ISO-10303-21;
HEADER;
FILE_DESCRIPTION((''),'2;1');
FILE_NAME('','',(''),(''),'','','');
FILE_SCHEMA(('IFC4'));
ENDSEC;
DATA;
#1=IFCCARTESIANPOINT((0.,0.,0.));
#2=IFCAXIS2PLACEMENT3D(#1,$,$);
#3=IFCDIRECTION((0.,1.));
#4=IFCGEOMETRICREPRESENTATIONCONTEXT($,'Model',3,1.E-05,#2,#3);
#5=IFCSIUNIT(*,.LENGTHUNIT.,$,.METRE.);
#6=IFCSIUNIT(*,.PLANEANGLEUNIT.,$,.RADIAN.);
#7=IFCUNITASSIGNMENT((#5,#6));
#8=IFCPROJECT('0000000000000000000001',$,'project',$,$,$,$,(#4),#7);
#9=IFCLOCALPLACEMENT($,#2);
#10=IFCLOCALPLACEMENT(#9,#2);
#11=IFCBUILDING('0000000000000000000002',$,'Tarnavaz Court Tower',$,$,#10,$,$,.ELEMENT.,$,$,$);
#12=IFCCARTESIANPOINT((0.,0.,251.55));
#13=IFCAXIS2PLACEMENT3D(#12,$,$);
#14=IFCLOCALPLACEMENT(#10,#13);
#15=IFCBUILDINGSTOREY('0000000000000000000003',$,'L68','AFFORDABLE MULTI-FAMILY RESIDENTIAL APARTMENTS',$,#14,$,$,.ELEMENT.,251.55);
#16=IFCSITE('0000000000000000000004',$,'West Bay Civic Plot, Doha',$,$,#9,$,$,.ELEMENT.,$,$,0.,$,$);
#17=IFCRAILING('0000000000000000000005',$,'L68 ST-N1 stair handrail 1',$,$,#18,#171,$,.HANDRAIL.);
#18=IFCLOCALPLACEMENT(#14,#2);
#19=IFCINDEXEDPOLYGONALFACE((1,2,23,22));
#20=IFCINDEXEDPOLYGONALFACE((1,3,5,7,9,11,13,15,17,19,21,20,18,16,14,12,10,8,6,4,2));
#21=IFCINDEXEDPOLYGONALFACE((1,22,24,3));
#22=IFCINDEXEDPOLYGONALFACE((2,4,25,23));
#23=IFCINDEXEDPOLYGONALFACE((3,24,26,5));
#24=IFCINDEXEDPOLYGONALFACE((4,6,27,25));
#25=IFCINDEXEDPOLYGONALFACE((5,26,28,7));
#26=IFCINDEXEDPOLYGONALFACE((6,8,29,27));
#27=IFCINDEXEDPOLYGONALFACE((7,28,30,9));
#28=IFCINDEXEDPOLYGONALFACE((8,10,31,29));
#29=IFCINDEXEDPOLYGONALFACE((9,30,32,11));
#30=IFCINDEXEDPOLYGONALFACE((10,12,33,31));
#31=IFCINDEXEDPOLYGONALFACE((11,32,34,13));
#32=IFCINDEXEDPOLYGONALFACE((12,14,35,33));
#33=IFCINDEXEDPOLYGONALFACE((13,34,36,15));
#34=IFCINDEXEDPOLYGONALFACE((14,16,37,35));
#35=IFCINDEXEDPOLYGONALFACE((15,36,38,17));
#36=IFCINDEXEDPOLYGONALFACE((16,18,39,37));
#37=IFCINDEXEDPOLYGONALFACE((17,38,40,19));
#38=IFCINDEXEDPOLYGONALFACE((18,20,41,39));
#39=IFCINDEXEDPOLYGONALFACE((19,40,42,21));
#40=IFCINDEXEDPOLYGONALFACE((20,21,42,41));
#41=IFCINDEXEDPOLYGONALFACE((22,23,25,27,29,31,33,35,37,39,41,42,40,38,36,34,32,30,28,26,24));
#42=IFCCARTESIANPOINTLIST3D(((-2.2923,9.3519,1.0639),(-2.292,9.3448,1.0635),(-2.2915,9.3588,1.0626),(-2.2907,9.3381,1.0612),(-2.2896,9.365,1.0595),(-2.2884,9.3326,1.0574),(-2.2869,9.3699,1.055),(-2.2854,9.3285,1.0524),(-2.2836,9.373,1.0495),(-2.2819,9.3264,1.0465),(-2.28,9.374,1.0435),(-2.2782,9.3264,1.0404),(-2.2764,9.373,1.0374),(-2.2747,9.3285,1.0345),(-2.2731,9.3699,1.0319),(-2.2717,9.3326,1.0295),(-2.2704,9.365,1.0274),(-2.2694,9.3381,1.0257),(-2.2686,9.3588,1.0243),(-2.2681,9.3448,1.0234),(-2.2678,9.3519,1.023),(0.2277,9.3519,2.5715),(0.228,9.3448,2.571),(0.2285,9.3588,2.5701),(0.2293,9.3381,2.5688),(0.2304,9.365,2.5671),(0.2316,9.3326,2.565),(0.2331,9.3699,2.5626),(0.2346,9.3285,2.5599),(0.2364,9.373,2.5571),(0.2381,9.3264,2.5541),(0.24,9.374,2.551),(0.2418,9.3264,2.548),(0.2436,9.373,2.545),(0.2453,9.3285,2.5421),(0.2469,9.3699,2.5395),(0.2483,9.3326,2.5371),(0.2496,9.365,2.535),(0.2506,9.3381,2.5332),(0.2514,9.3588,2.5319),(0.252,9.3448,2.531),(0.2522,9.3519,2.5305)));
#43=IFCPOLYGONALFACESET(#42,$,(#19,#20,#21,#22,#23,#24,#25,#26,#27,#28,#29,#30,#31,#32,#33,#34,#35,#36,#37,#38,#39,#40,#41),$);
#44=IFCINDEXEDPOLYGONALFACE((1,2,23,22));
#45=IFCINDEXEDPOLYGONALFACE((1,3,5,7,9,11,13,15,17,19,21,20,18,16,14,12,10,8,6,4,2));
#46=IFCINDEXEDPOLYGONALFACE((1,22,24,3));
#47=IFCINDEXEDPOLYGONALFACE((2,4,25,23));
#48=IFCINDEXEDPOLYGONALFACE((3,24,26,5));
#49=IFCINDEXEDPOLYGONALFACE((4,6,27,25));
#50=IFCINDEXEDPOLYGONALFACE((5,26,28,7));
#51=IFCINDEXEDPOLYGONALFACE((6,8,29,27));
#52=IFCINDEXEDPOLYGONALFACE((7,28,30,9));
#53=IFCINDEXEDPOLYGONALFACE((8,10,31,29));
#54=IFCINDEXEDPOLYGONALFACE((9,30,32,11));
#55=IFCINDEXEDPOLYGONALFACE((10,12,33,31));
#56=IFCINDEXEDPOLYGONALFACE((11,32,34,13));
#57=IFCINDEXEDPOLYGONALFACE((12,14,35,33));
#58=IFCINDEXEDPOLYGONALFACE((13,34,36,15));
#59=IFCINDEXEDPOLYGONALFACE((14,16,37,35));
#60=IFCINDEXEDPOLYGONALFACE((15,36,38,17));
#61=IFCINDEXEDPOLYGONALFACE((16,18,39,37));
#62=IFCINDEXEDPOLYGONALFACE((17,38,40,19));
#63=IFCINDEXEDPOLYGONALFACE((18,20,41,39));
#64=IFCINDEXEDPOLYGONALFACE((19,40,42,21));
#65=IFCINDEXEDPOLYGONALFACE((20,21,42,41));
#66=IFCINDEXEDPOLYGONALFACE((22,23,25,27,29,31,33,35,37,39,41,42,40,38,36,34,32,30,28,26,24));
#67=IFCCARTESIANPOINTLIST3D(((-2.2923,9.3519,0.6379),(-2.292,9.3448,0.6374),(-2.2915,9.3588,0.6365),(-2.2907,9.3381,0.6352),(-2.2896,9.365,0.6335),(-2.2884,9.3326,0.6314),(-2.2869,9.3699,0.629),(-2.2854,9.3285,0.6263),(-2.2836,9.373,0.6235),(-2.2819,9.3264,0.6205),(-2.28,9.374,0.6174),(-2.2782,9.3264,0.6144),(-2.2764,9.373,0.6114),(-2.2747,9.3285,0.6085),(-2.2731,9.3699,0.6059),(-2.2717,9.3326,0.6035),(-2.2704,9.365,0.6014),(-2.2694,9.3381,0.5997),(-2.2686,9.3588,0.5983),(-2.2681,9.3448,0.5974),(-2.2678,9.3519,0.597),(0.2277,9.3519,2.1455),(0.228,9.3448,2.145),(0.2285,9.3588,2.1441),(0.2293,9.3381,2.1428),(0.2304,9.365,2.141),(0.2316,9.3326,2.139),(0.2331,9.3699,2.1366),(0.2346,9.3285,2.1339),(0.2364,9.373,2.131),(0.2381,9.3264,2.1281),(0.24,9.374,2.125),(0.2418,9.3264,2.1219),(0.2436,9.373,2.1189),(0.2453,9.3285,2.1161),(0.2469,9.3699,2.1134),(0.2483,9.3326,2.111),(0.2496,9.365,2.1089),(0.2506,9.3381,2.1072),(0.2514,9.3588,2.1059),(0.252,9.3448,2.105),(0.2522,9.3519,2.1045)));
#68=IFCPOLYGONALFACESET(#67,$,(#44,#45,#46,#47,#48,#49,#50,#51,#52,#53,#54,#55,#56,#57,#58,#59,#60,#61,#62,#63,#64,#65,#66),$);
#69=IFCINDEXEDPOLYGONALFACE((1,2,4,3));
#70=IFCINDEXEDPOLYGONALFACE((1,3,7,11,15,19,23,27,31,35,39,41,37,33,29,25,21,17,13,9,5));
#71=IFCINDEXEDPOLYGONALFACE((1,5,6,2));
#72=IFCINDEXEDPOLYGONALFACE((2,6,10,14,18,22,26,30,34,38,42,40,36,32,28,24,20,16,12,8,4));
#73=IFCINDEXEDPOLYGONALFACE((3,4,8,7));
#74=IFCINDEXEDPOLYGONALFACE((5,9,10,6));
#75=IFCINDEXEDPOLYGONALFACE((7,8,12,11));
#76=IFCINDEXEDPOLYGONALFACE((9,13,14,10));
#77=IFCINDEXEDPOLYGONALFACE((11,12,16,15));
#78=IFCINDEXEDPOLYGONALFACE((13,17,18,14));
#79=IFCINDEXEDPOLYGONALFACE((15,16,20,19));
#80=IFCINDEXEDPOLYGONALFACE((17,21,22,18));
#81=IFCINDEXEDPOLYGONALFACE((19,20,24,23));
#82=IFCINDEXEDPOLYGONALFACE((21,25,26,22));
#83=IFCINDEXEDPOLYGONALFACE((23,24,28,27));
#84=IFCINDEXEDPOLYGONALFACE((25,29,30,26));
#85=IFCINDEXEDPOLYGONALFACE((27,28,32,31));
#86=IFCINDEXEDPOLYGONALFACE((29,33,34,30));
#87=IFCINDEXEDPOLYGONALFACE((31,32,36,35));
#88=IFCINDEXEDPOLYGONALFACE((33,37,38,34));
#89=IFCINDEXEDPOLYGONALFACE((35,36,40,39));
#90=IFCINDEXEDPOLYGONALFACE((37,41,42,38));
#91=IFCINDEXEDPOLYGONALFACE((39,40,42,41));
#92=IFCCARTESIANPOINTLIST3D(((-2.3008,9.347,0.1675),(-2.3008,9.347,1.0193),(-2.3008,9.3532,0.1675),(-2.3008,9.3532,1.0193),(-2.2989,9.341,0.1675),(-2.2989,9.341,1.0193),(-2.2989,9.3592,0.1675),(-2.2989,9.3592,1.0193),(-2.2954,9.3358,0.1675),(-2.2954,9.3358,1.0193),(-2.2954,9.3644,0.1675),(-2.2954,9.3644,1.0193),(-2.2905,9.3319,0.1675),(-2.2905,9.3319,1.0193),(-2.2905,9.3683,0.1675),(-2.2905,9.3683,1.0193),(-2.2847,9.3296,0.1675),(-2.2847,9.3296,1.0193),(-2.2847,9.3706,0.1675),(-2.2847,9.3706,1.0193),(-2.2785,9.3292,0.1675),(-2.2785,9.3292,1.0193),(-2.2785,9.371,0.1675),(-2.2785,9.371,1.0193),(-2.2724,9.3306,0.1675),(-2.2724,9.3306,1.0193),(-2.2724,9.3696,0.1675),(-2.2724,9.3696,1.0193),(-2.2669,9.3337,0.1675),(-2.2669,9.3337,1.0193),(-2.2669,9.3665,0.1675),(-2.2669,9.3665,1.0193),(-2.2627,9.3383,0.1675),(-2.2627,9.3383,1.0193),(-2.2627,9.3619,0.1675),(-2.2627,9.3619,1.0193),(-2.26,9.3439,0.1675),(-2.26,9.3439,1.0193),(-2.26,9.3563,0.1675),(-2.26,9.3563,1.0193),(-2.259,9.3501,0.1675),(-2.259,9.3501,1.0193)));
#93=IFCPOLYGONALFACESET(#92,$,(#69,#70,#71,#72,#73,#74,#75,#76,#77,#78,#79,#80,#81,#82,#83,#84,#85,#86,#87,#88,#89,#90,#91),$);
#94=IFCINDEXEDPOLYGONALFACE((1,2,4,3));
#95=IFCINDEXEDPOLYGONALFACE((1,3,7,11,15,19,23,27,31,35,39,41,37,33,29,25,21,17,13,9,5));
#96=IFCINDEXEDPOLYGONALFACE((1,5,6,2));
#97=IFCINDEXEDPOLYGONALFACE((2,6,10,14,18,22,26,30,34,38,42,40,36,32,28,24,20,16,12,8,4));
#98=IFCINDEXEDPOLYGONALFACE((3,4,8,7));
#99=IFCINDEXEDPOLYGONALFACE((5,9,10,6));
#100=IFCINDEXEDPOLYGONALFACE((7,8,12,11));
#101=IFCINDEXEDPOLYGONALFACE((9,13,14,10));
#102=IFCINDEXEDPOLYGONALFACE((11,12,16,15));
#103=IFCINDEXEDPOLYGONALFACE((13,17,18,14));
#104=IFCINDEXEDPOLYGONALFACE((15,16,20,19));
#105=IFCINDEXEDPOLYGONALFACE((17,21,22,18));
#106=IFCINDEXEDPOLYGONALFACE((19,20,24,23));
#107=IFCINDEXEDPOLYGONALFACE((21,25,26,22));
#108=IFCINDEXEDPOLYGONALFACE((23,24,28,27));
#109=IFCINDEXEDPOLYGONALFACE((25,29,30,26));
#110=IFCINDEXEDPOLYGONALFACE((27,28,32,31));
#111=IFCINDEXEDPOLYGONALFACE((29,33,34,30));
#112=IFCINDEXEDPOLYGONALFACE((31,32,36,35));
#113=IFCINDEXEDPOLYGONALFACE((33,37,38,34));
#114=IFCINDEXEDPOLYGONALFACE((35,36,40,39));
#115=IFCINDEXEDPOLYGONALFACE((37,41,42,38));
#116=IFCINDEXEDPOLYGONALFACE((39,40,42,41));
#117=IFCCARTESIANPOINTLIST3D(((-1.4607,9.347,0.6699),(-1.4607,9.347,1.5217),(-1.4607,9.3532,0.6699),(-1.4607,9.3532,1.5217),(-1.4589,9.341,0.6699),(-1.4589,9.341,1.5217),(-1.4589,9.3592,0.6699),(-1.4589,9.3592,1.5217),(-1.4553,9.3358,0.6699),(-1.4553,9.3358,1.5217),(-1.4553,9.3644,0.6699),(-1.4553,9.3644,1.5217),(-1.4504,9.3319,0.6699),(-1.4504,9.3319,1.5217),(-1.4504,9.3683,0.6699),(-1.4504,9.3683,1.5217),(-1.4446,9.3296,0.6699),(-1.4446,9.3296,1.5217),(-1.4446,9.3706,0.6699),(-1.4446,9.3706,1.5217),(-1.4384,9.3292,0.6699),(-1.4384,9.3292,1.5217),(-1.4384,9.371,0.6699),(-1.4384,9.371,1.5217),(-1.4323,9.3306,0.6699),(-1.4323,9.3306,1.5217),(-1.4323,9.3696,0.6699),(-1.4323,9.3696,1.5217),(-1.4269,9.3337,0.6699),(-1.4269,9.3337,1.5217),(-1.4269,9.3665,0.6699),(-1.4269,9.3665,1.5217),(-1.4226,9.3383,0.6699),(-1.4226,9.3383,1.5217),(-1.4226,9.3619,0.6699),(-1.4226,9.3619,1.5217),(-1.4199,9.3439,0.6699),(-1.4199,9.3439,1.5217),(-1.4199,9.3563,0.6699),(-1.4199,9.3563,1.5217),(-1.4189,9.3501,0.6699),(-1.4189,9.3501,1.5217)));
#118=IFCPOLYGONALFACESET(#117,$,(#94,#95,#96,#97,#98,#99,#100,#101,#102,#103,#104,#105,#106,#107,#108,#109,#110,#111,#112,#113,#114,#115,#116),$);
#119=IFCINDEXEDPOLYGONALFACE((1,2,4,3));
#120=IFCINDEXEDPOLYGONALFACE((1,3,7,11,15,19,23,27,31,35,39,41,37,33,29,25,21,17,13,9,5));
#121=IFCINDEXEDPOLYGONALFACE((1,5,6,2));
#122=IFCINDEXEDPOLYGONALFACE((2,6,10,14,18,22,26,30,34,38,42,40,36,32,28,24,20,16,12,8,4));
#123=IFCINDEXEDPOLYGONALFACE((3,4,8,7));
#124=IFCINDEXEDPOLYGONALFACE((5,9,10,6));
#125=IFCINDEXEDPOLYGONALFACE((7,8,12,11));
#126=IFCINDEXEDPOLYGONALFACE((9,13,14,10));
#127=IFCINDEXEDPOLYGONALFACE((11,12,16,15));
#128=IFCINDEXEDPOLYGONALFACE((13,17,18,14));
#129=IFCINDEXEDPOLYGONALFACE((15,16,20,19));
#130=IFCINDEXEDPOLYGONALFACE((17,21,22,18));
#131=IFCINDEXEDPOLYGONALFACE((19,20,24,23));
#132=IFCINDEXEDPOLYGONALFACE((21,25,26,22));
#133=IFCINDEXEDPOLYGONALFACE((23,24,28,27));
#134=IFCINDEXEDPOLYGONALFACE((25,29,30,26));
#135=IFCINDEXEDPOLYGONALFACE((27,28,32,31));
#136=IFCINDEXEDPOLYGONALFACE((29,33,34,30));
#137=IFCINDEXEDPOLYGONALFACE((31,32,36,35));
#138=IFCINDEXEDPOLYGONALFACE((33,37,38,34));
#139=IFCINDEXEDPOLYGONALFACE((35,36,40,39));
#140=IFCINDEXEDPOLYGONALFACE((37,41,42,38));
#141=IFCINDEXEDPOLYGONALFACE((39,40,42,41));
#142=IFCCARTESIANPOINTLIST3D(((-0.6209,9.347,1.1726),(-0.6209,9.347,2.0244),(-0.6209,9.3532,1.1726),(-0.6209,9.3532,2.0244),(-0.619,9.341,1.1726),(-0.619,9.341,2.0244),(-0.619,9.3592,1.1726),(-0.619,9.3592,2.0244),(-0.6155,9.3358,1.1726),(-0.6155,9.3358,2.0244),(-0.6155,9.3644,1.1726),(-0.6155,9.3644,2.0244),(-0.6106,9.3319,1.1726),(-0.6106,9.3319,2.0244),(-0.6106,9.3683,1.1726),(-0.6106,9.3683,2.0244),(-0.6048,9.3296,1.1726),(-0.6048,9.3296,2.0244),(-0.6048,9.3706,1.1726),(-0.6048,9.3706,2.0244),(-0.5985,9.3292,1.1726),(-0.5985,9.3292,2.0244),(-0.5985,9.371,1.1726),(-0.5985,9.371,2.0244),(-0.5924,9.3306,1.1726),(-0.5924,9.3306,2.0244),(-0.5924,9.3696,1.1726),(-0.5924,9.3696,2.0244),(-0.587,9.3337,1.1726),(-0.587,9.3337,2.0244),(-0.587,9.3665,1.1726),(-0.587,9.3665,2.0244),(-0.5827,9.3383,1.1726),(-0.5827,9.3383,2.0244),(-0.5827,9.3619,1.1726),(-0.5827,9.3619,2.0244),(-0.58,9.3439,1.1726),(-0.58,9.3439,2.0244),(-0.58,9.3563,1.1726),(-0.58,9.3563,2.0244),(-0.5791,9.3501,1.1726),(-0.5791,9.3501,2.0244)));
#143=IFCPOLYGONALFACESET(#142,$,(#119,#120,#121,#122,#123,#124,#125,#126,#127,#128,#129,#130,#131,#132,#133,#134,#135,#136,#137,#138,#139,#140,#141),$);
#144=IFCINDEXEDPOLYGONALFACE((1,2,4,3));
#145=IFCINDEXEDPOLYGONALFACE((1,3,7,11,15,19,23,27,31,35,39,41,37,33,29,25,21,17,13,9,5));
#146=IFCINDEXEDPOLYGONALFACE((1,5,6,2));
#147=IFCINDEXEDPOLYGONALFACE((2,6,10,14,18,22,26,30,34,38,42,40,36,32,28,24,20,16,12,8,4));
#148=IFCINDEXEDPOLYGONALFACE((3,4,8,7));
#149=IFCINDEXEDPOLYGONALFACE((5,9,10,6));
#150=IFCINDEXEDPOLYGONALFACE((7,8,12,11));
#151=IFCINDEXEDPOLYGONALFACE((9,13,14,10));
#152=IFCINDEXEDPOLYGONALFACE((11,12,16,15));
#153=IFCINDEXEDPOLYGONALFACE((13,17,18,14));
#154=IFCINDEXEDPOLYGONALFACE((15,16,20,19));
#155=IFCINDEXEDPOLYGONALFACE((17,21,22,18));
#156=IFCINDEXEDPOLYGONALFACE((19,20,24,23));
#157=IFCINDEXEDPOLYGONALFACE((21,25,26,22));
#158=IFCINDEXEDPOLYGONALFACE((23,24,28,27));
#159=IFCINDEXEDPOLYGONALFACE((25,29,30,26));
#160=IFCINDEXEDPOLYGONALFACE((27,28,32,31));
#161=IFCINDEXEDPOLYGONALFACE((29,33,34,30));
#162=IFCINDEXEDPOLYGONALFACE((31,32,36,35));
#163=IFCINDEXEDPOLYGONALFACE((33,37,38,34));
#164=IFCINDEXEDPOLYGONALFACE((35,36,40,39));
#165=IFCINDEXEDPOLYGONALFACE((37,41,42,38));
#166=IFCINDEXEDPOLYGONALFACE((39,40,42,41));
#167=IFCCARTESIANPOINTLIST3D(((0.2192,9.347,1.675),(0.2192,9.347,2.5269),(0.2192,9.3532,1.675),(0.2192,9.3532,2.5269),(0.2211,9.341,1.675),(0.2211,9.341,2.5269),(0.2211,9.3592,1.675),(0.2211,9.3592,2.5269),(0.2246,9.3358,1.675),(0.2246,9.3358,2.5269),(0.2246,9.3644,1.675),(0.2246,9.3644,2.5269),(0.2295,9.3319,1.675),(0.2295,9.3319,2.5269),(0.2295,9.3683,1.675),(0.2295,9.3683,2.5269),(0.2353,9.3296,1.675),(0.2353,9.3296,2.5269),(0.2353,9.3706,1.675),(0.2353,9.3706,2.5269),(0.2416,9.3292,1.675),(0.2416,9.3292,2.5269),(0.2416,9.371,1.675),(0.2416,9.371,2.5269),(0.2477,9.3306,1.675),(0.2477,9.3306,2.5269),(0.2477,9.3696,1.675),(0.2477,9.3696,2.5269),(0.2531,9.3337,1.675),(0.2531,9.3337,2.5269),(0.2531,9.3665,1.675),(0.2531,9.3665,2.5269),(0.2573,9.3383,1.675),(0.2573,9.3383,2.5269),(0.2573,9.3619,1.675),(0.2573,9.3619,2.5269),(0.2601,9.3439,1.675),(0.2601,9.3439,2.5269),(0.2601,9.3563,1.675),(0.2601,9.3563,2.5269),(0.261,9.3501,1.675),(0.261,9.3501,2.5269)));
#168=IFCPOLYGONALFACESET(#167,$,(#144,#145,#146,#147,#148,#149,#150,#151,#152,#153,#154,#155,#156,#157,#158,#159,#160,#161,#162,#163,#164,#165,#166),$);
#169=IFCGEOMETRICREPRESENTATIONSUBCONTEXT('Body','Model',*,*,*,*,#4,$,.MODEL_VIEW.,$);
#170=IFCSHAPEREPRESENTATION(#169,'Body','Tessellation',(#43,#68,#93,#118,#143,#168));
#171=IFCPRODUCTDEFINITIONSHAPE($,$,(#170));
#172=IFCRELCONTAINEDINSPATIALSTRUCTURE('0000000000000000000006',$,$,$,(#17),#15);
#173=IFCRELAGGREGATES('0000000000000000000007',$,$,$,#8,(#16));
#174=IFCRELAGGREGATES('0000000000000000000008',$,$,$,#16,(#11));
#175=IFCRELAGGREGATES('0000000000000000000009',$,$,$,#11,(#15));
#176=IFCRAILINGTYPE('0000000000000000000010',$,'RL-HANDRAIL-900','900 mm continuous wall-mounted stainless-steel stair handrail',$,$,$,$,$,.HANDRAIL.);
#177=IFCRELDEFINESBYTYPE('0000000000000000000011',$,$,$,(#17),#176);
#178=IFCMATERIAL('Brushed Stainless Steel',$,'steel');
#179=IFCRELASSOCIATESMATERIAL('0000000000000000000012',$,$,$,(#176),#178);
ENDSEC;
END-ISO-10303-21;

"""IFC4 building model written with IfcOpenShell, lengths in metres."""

from ifc_helpers import new_model, si_unit, direction, frame, origin, origin_2d, place, context, subcontext, project, spatial, circle, extrude, material, type_object, element, save


model = new_model("IFC4")

# Units and contexts
model_context = context("Model", 3, precision=1e-05, world=origin(), true_north=direction((0.0, 1.0)))
body_context = subcontext(model_context, "Body", "Model", "MODEL_VIEW")
ifc_project = project(units=[si_unit("LENGTHUNIT", "METRE"), si_unit("PLANEANGLEUNIT", "RADIAN")], contexts=[model_context])

# Site, building, storey
site_placement = place(None, origin())
site = spatial("IfcSite", under=ifc_project, at=site_placement, Name="West Bay Civic Plot, Doha", CompositionType="ELEMENT", RefElevation=0.0)
building_placement = place(site_placement, origin())
building = spatial("IfcBuilding", under=site, at=building_placement, Name="Tarnavaz Court Tower", CompositionType="ELEMENT")
storey_placement = place(building_placement, frame((0.0, 0.0, 251.55)))
storey = spatial("IfcBuildingStorey", under=building, at=storey_placement, Name="L68", Description="AFFORDABLE MULTI-FAMILY RESIDENTIAL APARTMENTS", CompositionType="ELEMENT", Elevation=251.55)

# Railing
ifc_material_1 = material(Name="Brushed Stainless Steel", Category="steel")
railing_type_1 = type_object("IfcRailingType", Name="RL-HANDRAIL-900", Description="900 mm continuous wall-mounted stainless-steel stair handrail", PredefinedType="HANDRAIL", material=ifc_material_1)
railing_1_placement = place(storey_placement, frame((-2.28, 9.3501, 0.1675)))
element("IfcRailing", 1, at=railing_1_placement, inside=storey, type_object=railing_type_1, Name="L68 ST-N1 stair handrail 1", PredefinedType="HANDRAIL", context=body_context, shape_type="SweptSolid", body=[
    extrude(circle(Radius=0.0239, at=origin_2d()), frame((0.0, 0.0, 0.876), z_axis=(0.85816, 0.0, 0.513383), x_axis=(0.0, 1.0, 0.0)), (0.0, 0.0, 1.0), 2.9365),
    extrude(circle(Radius=0.0239, at=origin_2d()), frame((0.0, 0.0, 0.45), z_axis=(0.85816, 0.0, 0.513383), x_axis=(0.0, 1.0, 0.0)), (0.0, 0.0, 1.0), 2.9365),
    extrude(circle(Radius=0.021, at=origin_2d()), origin(), (0.0, 0.0, 1.0), 0.8518),
    extrude(circle(Radius=0.021, at=origin_2d()), frame((0.8401, 0.0, 0.5024)), (0.0, 0.0, 1.0), 0.8518),
    extrude(circle(Radius=0.021, at=origin_2d()), frame((1.6799, 0.0, 1.0051)), (0.0, 0.0, 1.0), 0.8518),
    extrude(circle(Radius=0.021, at=origin_2d()), frame((2.52, 0.0, 1.5076)), (0.0, 0.0, 1.0), 0.8518),
])

save(model, "model.ifc")
